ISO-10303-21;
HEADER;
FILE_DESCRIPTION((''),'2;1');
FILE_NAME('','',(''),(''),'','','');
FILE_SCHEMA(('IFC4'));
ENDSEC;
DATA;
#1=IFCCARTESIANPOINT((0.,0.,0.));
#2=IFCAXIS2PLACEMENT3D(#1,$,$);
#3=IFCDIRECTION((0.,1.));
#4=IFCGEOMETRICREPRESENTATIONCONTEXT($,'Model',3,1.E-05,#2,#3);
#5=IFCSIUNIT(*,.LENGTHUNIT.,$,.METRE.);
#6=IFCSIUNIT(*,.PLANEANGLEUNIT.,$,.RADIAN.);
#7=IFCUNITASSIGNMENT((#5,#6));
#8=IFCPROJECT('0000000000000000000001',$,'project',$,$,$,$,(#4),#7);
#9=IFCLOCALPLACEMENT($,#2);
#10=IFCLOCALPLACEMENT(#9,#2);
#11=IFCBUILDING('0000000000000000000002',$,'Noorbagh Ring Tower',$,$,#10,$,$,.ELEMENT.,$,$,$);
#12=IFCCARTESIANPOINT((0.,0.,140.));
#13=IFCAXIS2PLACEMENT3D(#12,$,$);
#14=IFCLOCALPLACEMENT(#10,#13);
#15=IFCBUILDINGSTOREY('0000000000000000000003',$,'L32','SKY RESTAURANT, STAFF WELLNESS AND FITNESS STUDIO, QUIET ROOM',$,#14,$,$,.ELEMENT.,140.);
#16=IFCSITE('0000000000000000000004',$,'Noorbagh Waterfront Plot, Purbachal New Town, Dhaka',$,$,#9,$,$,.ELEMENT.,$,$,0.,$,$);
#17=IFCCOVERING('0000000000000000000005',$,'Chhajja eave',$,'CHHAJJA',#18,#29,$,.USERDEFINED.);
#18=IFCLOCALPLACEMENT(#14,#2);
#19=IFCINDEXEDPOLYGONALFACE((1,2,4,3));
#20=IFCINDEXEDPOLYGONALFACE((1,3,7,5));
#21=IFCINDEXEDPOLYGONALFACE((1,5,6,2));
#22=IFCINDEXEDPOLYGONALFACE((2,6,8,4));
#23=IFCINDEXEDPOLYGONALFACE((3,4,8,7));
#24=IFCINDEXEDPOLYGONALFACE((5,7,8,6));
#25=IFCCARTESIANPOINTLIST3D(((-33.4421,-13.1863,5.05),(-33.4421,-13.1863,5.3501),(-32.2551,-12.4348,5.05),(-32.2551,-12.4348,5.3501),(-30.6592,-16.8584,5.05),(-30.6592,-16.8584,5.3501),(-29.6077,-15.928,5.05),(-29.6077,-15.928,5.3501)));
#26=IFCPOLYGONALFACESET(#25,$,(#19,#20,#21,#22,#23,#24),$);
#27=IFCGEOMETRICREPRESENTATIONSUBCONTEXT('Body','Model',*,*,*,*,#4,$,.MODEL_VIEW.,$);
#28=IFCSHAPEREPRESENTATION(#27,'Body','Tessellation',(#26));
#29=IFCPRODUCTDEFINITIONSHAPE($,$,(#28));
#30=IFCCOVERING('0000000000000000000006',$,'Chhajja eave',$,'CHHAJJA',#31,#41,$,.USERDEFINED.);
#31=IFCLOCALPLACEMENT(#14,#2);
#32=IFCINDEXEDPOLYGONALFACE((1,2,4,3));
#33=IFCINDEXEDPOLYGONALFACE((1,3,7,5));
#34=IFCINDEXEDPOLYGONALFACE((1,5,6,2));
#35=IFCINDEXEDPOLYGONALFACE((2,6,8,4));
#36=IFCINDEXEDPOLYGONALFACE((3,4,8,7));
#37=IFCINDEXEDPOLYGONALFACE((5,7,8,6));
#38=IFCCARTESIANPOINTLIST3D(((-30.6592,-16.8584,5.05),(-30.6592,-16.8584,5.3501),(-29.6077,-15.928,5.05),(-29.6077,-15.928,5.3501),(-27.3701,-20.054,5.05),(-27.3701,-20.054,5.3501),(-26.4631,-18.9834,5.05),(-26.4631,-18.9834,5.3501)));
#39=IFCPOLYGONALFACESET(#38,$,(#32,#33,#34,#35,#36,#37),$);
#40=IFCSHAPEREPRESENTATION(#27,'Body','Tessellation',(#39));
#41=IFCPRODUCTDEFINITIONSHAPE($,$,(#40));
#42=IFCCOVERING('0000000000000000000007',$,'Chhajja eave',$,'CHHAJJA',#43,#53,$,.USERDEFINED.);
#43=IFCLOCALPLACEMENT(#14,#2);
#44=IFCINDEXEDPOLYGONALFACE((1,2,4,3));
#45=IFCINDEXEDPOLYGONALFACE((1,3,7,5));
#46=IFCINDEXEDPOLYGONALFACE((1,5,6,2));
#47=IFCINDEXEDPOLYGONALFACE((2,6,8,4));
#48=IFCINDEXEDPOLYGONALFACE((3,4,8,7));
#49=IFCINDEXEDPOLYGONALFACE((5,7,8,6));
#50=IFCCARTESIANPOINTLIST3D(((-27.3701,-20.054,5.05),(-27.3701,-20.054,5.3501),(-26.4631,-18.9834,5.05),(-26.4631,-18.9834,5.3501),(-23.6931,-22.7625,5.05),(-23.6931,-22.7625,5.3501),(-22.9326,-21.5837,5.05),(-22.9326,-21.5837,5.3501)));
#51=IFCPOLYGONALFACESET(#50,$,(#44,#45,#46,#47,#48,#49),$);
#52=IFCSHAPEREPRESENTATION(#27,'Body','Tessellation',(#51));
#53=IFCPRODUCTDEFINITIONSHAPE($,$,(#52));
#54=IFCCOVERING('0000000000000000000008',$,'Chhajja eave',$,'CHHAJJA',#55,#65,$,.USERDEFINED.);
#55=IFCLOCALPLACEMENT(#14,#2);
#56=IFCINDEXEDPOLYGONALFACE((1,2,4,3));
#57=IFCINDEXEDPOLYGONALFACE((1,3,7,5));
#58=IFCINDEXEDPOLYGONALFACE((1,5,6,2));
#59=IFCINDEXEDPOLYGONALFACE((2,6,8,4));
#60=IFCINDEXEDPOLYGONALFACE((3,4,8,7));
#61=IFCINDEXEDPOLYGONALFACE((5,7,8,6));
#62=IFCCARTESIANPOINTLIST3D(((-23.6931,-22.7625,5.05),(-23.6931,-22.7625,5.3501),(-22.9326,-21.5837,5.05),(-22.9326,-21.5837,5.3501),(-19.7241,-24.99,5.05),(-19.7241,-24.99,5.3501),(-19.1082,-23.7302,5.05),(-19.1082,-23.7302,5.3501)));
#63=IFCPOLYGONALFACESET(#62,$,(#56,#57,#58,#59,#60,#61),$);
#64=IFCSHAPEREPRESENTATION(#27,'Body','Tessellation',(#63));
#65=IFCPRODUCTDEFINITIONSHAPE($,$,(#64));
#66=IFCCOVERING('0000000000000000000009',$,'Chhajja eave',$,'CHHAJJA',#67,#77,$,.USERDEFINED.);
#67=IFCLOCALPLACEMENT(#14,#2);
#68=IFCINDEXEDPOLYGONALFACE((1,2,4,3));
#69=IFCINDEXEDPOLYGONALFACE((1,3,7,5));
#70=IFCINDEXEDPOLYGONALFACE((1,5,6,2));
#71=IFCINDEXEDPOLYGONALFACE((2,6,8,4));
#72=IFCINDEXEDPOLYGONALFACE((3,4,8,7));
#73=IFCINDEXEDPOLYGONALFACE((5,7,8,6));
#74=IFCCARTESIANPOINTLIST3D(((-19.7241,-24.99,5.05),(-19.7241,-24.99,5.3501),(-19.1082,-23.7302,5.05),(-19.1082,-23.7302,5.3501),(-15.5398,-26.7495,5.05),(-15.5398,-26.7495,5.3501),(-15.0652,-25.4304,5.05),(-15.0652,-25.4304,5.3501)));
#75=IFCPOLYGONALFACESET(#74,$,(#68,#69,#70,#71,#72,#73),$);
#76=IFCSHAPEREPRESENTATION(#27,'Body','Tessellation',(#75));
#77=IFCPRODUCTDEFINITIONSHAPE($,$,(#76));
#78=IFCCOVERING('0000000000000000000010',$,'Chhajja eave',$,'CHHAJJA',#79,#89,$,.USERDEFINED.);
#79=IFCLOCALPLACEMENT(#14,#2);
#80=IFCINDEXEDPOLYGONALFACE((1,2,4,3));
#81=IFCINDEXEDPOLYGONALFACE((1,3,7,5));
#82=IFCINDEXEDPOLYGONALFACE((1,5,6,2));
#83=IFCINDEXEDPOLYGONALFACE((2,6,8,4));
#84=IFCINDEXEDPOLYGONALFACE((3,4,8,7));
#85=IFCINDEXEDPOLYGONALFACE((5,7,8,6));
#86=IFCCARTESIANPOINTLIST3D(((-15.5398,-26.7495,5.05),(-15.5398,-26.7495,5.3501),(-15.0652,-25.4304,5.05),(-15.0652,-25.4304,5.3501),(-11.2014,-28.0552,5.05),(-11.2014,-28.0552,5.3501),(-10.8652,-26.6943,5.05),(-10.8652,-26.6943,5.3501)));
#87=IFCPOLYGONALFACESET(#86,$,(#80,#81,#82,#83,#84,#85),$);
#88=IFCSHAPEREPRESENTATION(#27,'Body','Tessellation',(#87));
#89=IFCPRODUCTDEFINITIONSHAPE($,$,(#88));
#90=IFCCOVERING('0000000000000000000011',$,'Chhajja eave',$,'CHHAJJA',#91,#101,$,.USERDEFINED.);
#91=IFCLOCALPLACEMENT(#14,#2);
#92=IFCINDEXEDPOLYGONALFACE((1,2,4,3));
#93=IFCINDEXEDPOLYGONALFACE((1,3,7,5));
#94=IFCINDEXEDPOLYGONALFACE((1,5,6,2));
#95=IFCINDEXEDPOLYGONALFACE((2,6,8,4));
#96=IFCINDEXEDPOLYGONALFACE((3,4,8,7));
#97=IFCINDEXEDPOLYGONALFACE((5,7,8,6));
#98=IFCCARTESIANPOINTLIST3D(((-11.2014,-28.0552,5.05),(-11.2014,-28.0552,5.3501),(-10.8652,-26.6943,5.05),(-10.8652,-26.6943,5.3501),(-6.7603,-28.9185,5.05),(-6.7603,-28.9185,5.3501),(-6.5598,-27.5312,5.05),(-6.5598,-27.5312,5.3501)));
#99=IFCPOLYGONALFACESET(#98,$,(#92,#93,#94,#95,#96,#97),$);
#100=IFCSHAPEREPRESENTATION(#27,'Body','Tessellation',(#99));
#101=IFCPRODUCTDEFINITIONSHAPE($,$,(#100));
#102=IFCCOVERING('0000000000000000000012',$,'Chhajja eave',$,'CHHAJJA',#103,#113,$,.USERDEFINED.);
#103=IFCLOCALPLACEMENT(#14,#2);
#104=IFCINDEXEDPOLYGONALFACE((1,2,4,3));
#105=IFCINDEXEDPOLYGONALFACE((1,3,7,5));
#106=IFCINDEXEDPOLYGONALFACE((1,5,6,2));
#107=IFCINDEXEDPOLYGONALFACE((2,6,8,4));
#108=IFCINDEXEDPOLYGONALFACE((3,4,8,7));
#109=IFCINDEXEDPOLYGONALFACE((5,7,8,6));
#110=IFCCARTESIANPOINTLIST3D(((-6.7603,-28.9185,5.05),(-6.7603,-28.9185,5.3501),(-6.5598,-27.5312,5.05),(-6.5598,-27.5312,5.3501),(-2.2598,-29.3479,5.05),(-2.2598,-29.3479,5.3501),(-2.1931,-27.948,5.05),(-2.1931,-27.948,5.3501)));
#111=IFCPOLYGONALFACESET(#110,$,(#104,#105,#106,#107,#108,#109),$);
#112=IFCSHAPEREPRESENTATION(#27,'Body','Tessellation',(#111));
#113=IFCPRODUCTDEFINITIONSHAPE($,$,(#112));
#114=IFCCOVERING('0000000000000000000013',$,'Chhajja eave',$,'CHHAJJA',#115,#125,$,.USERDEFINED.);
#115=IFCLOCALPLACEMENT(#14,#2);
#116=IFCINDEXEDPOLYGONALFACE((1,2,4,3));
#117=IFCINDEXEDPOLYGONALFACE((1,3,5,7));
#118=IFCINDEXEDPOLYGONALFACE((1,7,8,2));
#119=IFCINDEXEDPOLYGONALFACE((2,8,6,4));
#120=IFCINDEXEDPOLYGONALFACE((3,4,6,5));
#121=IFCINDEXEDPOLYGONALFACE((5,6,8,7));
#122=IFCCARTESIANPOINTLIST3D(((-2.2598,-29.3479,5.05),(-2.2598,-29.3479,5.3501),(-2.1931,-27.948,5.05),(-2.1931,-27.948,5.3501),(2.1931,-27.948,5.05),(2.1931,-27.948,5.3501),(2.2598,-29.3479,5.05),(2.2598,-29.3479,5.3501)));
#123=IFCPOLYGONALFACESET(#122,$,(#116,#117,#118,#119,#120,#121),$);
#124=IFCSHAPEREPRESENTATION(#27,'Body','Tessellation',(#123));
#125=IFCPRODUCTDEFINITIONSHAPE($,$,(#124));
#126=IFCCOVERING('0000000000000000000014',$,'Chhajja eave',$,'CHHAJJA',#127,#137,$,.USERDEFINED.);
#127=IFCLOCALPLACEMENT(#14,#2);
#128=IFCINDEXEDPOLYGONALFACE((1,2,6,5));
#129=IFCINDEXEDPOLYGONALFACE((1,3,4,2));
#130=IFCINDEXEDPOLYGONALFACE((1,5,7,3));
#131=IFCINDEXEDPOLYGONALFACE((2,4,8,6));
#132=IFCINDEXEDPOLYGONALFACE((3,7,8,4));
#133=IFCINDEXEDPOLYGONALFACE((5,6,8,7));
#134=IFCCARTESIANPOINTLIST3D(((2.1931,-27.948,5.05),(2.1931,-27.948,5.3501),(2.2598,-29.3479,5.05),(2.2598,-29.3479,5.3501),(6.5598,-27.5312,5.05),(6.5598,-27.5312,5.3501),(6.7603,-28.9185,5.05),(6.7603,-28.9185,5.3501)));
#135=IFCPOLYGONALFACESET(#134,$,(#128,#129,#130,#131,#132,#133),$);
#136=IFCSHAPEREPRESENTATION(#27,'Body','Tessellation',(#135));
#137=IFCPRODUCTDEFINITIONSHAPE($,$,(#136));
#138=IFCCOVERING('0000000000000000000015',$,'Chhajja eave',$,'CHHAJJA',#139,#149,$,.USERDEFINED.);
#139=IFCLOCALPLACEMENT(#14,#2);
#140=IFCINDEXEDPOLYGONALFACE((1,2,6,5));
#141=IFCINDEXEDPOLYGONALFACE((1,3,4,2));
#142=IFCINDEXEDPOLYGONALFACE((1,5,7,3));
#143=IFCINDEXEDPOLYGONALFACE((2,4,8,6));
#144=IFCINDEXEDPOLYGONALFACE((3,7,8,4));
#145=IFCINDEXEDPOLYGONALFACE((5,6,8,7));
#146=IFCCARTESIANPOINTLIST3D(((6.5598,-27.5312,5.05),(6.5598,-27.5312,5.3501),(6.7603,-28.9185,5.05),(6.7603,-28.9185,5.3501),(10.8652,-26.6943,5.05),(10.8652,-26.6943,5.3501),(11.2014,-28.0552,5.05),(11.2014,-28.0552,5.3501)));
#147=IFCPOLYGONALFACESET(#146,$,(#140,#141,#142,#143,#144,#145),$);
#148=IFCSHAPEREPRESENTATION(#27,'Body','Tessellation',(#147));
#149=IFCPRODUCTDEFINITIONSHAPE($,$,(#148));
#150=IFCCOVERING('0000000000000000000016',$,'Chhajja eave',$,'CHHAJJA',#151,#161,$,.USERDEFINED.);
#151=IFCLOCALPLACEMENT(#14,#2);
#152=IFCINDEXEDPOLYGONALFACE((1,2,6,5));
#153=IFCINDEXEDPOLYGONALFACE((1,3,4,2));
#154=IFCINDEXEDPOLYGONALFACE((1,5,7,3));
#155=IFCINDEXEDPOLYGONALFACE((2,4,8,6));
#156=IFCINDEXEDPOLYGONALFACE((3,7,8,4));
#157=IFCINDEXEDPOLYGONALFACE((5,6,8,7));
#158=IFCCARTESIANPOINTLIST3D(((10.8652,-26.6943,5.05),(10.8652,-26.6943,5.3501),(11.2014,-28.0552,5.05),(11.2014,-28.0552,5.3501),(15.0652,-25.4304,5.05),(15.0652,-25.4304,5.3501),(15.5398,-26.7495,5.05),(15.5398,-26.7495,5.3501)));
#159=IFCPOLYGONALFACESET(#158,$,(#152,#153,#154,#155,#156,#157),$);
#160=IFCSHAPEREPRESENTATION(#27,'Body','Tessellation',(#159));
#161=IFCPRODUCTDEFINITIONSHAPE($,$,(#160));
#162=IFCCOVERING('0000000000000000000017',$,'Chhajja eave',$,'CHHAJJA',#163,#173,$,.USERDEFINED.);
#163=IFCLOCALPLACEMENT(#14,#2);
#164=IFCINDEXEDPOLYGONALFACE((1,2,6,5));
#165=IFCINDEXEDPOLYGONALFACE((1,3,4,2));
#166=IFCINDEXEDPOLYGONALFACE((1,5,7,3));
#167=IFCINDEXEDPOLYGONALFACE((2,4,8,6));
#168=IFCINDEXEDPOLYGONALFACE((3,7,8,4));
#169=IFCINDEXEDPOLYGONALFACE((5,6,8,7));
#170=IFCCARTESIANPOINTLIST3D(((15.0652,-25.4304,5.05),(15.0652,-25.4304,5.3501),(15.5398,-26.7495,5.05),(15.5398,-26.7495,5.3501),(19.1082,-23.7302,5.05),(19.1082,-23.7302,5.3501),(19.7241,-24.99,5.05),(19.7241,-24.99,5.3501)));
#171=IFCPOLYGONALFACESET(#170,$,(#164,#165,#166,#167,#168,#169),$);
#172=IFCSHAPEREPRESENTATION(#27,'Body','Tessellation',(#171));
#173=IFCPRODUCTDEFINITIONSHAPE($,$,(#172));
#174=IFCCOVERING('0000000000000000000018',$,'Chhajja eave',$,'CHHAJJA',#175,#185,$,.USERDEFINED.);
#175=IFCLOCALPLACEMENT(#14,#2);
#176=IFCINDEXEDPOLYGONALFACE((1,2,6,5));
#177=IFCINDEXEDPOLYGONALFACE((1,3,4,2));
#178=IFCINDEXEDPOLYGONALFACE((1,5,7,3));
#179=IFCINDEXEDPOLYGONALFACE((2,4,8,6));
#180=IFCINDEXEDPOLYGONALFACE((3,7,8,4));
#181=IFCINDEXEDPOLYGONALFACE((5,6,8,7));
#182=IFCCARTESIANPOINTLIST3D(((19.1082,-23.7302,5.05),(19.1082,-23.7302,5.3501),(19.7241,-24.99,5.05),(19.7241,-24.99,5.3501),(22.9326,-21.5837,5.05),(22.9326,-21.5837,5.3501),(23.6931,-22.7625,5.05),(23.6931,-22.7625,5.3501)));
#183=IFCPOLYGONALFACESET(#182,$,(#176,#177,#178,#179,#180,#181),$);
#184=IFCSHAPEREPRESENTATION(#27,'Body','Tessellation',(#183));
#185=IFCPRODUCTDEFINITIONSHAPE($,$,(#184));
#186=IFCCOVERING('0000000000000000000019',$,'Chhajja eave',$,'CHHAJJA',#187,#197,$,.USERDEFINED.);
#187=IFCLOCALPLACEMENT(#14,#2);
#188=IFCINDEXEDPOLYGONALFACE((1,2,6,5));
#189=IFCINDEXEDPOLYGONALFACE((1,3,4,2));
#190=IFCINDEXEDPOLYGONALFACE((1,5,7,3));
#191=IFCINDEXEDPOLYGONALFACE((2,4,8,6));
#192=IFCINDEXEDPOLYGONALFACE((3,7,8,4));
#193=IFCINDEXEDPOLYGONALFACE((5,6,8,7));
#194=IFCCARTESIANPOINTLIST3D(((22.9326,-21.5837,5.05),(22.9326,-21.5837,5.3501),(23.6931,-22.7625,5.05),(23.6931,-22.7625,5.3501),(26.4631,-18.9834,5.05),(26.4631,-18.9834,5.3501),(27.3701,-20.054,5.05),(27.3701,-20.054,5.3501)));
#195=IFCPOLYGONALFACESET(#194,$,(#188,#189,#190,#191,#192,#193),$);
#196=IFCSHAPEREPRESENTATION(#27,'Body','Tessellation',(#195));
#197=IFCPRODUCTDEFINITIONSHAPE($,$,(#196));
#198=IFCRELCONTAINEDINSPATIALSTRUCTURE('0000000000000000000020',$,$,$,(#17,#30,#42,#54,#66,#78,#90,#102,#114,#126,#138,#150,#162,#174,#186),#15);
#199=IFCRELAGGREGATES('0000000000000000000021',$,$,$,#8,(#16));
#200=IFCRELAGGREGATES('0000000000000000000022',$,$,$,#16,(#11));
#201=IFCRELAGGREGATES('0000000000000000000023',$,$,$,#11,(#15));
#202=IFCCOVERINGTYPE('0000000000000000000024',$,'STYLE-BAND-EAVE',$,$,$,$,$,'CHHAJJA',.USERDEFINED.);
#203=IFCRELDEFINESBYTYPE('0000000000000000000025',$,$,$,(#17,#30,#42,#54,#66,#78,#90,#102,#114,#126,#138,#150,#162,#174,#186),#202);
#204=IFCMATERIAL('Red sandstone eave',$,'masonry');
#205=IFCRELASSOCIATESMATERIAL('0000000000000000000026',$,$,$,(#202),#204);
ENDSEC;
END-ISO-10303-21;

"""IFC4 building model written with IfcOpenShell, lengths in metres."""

from ifc_helpers import new_model, si_unit, direction, frame, origin, place, context, subcontext, project, spatial, polyline, outline, extrude, material, type_object, element, save


model = new_model("IFC4")

# Units and contexts
model_context = context("Model", 3, precision=1e-05, world=origin(), true_north=direction((0.0, 1.0)))
body_context = subcontext(model_context, "Body", "Model", "MODEL_VIEW")
ifc_project = project(units=[si_unit("LENGTHUNIT", "METRE"), si_unit("PLANEANGLEUNIT", "RADIAN")], contexts=[model_context])

# Site, building, storey
site_placement = place(None, origin())
site = spatial("IfcSite", under=ifc_project, at=site_placement, Name="Noorbagh Waterfront Plot, Purbachal New Town, Dhaka", CompositionType="ELEMENT", RefElevation=0.0)
building_placement = place(site_placement, origin())
building = spatial("IfcBuilding", under=site, at=building_placement, Name="Noorbagh Ring Tower", CompositionType="ELEMENT")
storey_placement = place(building_placement, frame((0.0, 0.0, 140.0)))
storey = spatial("IfcBuildingStorey", under=building, at=storey_placement, Name="L32", Description="SKY RESTAURANT, STAFF WELLNESS AND FITNESS STUDIO, QUIET ROOM", CompositionType="ELEMENT", Elevation=140.0)

# Coverings
ifc_material_1 = material(Name="Red sandstone eave", Category="masonry")
covering_type_1 = type_object("IfcCoveringType", Name="STYLE-BAND-EAVE", ElementType="CHHAJJA", PredefinedType="USERDEFINED", material=ifc_material_1)
covering_1_placement = place(storey_placement, frame((0.0, 0.0, 5.05)))
element("IfcCovering", 1, at=covering_1_placement, inside=storey, type_object=covering_type_1, Name="Chhajja eave", ObjectType="CHHAJJA", PredefinedType="USERDEFINED", context=body_context, shape_type="SweptSolid", body=[
    extrude(outline(polyline([(-32.2551, -12.4348), (-29.6077, -15.928), (-30.6592, -16.8584), (-33.4421, -13.1863), (-32.2551, -12.4348)])), origin(), (0.0, 0.0, 1.0), 0.3),
])
covering_2_placement = place(storey_placement, frame((0.0, 0.0, 5.05)))
element("IfcCovering", 2, at=covering_2_placement, inside=storey, type_object=covering_type_1, Name="Chhajja eave", ObjectType="CHHAJJA", PredefinedType="USERDEFINED", context=body_context, shape_type="SweptSolid", body=[
    extrude(outline(polyline([(-29.6077, -15.928), (-26.4631, -18.9834), (-27.3701, -20.054), (-30.6592, -16.8584), (-29.6077, -15.928)])), origin(), (0.0, 0.0, 1.0), 0.3),
])
covering_3_placement = place(storey_placement, frame((0.0, 0.0, 5.05)))
element("IfcCovering", 3, at=covering_3_placement, inside=storey, type_object=covering_type_1, Name="Chhajja eave", ObjectType="CHHAJJA", PredefinedType="USERDEFINED", context=body_context, shape_type="SweptSolid", body=[
    extrude(outline(polyline([(-26.4631, -18.9834), (-22.9326, -21.5837), (-23.6931, -22.7625), (-27.3701, -20.054), (-26.4631, -18.9834)])), origin(), (0.0, 0.0, 1.0), 0.3),
])
covering_4_placement = place(storey_placement, frame((0.0, 0.0, 5.05)))
element("IfcCovering", 4, at=covering_4_placement, inside=storey, type_object=covering_type_1, Name="Chhajja eave", ObjectType="CHHAJJA", PredefinedType="USERDEFINED", context=body_context, shape_type="SweptSolid", body=[
    extrude(outline(polyline([(-22.9326, -21.5837), (-19.1082, -23.7302), (-19.7241, -24.99), (-23.6931, -22.7625), (-22.9326, -21.5837)])), origin(), (0.0, 0.0, 1.0), 0.3),
])
covering_5_placement = place(storey_placement, frame((0.0, 0.0, 5.05)))
element("IfcCovering", 5, at=covering_5_placement, inside=storey, type_object=covering_type_1, Name="Chhajja eave", ObjectType="CHHAJJA", PredefinedType="USERDEFINED", context=body_context, shape_type="SweptSolid", body=[
    extrude(outline(polyline([(-19.1082, -23.7302), (-15.0652, -25.4304), (-15.5398, -26.7495), (-19.7241, -24.99), (-19.1082, -23.7302)])), origin(), (0.0, 0.0, 1.0), 0.3),
])
covering_6_placement = place(storey_placement, frame((0.0, 0.0, 5.05)))
element("IfcCovering", 6, at=covering_6_placement, inside=storey, type_object=covering_type_1, Name="Chhajja eave", ObjectType="CHHAJJA", PredefinedType="USERDEFINED", context=body_context, shape_type="SweptSolid", body=[
    extrude(outline(polyline([(-15.0652, -25.4304), (-10.8652, -26.6943), (-11.2014, -28.0552), (-15.5398, -26.7495), (-15.0652, -25.4304)])), origin(), (0.0, 0.0, 1.0), 0.3),
])
covering_7_placement = place(storey_placement, frame((0.0, 0.0, 5.05)))
element("IfcCovering", 7, at=covering_7_placement, inside=storey, type_object=covering_type_1, Name="Chhajja eave", ObjectType="CHHAJJA", PredefinedType="USERDEFINED", context=body_context, shape_type="SweptSolid", body=[
    extrude(outline(polyline([(-10.8652, -26.6943), (-6.5598, -27.5312), (-6.7603, -28.9185), (-11.2014, -28.0552), (-10.8652, -26.6943)])), origin(), (0.0, 0.0, 1.0), 0.3),
])
covering_8_placement = place(storey_placement, frame((0.0, 0.0, 5.05)))
element("IfcCovering", 8, at=covering_8_placement, inside=storey, type_object=covering_type_1, Name="Chhajja eave", ObjectType="CHHAJJA", PredefinedType="USERDEFINED", context=body_context, shape_type="SweptSolid", body=[
    extrude(outline(polyline([(-6.5598, -27.5312), (-2.1931, -27.948), (-2.2598, -29.3479), (-6.7603, -28.9185), (-6.5598, -27.5312)])), origin(), (0.0, 0.0, 1.0), 0.3),
])
covering_9_placement = place(storey_placement, frame((0.0, 0.0, 5.05)))
element("IfcCovering", 9, at=covering_9_placement, inside=storey, type_object=covering_type_1, Name="Chhajja eave", ObjectType="CHHAJJA", PredefinedType="USERDEFINED", context=body_context, shape_type="SweptSolid", body=[
    extrude(outline(polyline([(-2.1931, -27.948), (2.1931, -27.948), (2.2598, -29.3479), (-2.2598, -29.3479), (-2.1931, -27.948)])), origin(), (0.0, 0.0, 1.0), 0.3),
])
covering_10_placement = place(storey_placement, frame((0.0, 0.0, 5.05)))
element("IfcCovering", 10, at=covering_10_placement, inside=storey, type_object=covering_type_1, Name="Chhajja eave", ObjectType="CHHAJJA", PredefinedType="USERDEFINED", context=body_context, shape_type="SweptSolid", body=[
    extrude(outline(polyline([(2.1931, -27.948), (6.5598, -27.5312), (6.7603, -28.9185), (2.2598, -29.3479), (2.1931, -27.948)])), origin(), (0.0, 0.0, 1.0), 0.3),
])
covering_11_placement = place(storey_placement, frame((0.0, 0.0, 5.05)))
element("IfcCovering", 11, at=covering_11_placement, inside=storey, type_object=covering_type_1, Name="Chhajja eave", ObjectType="CHHAJJA", PredefinedType="USERDEFINED", context=body_context, shape_type="SweptSolid", body=[
    extrude(outline(polyline([(6.5598, -27.5312), (10.8652, -26.6943), (11.2014, -28.0552), (6.7603, -28.9185), (6.5598, -27.5312)])), origin(), (0.0, 0.0, 1.0), 0.3),
])
covering_12_placement = place(storey_placement, frame((0.0, 0.0, 5.05)))
element("IfcCovering", 12, at=covering_12_placement, inside=storey, type_object=covering_type_1, Name="Chhajja eave", ObjectType="CHHAJJA", PredefinedType="USERDEFINED", context=body_context, shape_type="SweptSolid", body=[
    extrude(outline(polyline([(10.8652, -26.6943), (15.0652, -25.4304), (15.5398, -26.7495), (11.2014, -28.0552), (10.8652, -26.6943)])), origin(), (0.0, 0.0, 1.0), 0.3),
])
covering_13_placement = place(storey_placement, frame((0.0, 0.0, 5.05)))
element("IfcCovering", 13, at=covering_13_placement, inside=storey, type_object=covering_type_1, Name="Chhajja eave", ObjectType="CHHAJJA", PredefinedType="USERDEFINED", context=body_context, shape_type="SweptSolid", body=[
    extrude(outline(polyline([(15.0652, -25.4304), (19.1082, -23.7302), (19.7241, -24.99), (15.5398, -26.7495), (15.0652, -25.4304)])), origin(), (0.0, 0.0, 1.0), 0.3),
])
covering_14_placement = place(storey_placement, frame((0.0, 0.0, 5.05)))
element("IfcCovering", 14, at=covering_14_placement, inside=storey, type_object=covering_type_1, Name="Chhajja eave", ObjectType="CHHAJJA", PredefinedType="USERDEFINED", context=body_context, shape_type="SweptSolid", body=[
    extrude(outline(polyline([(19.1082, -23.7302), (22.9326, -21.5837), (23.6931, -22.7625), (19.7241, -24.99), (19.1082, -23.7302)])), origin(), (0.0, 0.0, 1.0), 0.3),
])
covering_15_placement = place(storey_placement, frame((0.0, 0.0, 5.05)))
element("IfcCovering", 15, at=covering_15_placement, inside=storey, type_object=covering_type_1, Name="Chhajja eave", ObjectType="CHHAJJA", PredefinedType="USERDEFINED", context=body_context, shape_type="SweptSolid", body=[
    extrude(outline(polyline([(22.9326, -21.5837), (26.4631, -18.9834), (27.3701, -20.054), (23.6931, -22.7625), (22.9326, -21.5837)])), origin(), (0.0, 0.0, 1.0), 0.3),
])

save(model, "model.ifc")
